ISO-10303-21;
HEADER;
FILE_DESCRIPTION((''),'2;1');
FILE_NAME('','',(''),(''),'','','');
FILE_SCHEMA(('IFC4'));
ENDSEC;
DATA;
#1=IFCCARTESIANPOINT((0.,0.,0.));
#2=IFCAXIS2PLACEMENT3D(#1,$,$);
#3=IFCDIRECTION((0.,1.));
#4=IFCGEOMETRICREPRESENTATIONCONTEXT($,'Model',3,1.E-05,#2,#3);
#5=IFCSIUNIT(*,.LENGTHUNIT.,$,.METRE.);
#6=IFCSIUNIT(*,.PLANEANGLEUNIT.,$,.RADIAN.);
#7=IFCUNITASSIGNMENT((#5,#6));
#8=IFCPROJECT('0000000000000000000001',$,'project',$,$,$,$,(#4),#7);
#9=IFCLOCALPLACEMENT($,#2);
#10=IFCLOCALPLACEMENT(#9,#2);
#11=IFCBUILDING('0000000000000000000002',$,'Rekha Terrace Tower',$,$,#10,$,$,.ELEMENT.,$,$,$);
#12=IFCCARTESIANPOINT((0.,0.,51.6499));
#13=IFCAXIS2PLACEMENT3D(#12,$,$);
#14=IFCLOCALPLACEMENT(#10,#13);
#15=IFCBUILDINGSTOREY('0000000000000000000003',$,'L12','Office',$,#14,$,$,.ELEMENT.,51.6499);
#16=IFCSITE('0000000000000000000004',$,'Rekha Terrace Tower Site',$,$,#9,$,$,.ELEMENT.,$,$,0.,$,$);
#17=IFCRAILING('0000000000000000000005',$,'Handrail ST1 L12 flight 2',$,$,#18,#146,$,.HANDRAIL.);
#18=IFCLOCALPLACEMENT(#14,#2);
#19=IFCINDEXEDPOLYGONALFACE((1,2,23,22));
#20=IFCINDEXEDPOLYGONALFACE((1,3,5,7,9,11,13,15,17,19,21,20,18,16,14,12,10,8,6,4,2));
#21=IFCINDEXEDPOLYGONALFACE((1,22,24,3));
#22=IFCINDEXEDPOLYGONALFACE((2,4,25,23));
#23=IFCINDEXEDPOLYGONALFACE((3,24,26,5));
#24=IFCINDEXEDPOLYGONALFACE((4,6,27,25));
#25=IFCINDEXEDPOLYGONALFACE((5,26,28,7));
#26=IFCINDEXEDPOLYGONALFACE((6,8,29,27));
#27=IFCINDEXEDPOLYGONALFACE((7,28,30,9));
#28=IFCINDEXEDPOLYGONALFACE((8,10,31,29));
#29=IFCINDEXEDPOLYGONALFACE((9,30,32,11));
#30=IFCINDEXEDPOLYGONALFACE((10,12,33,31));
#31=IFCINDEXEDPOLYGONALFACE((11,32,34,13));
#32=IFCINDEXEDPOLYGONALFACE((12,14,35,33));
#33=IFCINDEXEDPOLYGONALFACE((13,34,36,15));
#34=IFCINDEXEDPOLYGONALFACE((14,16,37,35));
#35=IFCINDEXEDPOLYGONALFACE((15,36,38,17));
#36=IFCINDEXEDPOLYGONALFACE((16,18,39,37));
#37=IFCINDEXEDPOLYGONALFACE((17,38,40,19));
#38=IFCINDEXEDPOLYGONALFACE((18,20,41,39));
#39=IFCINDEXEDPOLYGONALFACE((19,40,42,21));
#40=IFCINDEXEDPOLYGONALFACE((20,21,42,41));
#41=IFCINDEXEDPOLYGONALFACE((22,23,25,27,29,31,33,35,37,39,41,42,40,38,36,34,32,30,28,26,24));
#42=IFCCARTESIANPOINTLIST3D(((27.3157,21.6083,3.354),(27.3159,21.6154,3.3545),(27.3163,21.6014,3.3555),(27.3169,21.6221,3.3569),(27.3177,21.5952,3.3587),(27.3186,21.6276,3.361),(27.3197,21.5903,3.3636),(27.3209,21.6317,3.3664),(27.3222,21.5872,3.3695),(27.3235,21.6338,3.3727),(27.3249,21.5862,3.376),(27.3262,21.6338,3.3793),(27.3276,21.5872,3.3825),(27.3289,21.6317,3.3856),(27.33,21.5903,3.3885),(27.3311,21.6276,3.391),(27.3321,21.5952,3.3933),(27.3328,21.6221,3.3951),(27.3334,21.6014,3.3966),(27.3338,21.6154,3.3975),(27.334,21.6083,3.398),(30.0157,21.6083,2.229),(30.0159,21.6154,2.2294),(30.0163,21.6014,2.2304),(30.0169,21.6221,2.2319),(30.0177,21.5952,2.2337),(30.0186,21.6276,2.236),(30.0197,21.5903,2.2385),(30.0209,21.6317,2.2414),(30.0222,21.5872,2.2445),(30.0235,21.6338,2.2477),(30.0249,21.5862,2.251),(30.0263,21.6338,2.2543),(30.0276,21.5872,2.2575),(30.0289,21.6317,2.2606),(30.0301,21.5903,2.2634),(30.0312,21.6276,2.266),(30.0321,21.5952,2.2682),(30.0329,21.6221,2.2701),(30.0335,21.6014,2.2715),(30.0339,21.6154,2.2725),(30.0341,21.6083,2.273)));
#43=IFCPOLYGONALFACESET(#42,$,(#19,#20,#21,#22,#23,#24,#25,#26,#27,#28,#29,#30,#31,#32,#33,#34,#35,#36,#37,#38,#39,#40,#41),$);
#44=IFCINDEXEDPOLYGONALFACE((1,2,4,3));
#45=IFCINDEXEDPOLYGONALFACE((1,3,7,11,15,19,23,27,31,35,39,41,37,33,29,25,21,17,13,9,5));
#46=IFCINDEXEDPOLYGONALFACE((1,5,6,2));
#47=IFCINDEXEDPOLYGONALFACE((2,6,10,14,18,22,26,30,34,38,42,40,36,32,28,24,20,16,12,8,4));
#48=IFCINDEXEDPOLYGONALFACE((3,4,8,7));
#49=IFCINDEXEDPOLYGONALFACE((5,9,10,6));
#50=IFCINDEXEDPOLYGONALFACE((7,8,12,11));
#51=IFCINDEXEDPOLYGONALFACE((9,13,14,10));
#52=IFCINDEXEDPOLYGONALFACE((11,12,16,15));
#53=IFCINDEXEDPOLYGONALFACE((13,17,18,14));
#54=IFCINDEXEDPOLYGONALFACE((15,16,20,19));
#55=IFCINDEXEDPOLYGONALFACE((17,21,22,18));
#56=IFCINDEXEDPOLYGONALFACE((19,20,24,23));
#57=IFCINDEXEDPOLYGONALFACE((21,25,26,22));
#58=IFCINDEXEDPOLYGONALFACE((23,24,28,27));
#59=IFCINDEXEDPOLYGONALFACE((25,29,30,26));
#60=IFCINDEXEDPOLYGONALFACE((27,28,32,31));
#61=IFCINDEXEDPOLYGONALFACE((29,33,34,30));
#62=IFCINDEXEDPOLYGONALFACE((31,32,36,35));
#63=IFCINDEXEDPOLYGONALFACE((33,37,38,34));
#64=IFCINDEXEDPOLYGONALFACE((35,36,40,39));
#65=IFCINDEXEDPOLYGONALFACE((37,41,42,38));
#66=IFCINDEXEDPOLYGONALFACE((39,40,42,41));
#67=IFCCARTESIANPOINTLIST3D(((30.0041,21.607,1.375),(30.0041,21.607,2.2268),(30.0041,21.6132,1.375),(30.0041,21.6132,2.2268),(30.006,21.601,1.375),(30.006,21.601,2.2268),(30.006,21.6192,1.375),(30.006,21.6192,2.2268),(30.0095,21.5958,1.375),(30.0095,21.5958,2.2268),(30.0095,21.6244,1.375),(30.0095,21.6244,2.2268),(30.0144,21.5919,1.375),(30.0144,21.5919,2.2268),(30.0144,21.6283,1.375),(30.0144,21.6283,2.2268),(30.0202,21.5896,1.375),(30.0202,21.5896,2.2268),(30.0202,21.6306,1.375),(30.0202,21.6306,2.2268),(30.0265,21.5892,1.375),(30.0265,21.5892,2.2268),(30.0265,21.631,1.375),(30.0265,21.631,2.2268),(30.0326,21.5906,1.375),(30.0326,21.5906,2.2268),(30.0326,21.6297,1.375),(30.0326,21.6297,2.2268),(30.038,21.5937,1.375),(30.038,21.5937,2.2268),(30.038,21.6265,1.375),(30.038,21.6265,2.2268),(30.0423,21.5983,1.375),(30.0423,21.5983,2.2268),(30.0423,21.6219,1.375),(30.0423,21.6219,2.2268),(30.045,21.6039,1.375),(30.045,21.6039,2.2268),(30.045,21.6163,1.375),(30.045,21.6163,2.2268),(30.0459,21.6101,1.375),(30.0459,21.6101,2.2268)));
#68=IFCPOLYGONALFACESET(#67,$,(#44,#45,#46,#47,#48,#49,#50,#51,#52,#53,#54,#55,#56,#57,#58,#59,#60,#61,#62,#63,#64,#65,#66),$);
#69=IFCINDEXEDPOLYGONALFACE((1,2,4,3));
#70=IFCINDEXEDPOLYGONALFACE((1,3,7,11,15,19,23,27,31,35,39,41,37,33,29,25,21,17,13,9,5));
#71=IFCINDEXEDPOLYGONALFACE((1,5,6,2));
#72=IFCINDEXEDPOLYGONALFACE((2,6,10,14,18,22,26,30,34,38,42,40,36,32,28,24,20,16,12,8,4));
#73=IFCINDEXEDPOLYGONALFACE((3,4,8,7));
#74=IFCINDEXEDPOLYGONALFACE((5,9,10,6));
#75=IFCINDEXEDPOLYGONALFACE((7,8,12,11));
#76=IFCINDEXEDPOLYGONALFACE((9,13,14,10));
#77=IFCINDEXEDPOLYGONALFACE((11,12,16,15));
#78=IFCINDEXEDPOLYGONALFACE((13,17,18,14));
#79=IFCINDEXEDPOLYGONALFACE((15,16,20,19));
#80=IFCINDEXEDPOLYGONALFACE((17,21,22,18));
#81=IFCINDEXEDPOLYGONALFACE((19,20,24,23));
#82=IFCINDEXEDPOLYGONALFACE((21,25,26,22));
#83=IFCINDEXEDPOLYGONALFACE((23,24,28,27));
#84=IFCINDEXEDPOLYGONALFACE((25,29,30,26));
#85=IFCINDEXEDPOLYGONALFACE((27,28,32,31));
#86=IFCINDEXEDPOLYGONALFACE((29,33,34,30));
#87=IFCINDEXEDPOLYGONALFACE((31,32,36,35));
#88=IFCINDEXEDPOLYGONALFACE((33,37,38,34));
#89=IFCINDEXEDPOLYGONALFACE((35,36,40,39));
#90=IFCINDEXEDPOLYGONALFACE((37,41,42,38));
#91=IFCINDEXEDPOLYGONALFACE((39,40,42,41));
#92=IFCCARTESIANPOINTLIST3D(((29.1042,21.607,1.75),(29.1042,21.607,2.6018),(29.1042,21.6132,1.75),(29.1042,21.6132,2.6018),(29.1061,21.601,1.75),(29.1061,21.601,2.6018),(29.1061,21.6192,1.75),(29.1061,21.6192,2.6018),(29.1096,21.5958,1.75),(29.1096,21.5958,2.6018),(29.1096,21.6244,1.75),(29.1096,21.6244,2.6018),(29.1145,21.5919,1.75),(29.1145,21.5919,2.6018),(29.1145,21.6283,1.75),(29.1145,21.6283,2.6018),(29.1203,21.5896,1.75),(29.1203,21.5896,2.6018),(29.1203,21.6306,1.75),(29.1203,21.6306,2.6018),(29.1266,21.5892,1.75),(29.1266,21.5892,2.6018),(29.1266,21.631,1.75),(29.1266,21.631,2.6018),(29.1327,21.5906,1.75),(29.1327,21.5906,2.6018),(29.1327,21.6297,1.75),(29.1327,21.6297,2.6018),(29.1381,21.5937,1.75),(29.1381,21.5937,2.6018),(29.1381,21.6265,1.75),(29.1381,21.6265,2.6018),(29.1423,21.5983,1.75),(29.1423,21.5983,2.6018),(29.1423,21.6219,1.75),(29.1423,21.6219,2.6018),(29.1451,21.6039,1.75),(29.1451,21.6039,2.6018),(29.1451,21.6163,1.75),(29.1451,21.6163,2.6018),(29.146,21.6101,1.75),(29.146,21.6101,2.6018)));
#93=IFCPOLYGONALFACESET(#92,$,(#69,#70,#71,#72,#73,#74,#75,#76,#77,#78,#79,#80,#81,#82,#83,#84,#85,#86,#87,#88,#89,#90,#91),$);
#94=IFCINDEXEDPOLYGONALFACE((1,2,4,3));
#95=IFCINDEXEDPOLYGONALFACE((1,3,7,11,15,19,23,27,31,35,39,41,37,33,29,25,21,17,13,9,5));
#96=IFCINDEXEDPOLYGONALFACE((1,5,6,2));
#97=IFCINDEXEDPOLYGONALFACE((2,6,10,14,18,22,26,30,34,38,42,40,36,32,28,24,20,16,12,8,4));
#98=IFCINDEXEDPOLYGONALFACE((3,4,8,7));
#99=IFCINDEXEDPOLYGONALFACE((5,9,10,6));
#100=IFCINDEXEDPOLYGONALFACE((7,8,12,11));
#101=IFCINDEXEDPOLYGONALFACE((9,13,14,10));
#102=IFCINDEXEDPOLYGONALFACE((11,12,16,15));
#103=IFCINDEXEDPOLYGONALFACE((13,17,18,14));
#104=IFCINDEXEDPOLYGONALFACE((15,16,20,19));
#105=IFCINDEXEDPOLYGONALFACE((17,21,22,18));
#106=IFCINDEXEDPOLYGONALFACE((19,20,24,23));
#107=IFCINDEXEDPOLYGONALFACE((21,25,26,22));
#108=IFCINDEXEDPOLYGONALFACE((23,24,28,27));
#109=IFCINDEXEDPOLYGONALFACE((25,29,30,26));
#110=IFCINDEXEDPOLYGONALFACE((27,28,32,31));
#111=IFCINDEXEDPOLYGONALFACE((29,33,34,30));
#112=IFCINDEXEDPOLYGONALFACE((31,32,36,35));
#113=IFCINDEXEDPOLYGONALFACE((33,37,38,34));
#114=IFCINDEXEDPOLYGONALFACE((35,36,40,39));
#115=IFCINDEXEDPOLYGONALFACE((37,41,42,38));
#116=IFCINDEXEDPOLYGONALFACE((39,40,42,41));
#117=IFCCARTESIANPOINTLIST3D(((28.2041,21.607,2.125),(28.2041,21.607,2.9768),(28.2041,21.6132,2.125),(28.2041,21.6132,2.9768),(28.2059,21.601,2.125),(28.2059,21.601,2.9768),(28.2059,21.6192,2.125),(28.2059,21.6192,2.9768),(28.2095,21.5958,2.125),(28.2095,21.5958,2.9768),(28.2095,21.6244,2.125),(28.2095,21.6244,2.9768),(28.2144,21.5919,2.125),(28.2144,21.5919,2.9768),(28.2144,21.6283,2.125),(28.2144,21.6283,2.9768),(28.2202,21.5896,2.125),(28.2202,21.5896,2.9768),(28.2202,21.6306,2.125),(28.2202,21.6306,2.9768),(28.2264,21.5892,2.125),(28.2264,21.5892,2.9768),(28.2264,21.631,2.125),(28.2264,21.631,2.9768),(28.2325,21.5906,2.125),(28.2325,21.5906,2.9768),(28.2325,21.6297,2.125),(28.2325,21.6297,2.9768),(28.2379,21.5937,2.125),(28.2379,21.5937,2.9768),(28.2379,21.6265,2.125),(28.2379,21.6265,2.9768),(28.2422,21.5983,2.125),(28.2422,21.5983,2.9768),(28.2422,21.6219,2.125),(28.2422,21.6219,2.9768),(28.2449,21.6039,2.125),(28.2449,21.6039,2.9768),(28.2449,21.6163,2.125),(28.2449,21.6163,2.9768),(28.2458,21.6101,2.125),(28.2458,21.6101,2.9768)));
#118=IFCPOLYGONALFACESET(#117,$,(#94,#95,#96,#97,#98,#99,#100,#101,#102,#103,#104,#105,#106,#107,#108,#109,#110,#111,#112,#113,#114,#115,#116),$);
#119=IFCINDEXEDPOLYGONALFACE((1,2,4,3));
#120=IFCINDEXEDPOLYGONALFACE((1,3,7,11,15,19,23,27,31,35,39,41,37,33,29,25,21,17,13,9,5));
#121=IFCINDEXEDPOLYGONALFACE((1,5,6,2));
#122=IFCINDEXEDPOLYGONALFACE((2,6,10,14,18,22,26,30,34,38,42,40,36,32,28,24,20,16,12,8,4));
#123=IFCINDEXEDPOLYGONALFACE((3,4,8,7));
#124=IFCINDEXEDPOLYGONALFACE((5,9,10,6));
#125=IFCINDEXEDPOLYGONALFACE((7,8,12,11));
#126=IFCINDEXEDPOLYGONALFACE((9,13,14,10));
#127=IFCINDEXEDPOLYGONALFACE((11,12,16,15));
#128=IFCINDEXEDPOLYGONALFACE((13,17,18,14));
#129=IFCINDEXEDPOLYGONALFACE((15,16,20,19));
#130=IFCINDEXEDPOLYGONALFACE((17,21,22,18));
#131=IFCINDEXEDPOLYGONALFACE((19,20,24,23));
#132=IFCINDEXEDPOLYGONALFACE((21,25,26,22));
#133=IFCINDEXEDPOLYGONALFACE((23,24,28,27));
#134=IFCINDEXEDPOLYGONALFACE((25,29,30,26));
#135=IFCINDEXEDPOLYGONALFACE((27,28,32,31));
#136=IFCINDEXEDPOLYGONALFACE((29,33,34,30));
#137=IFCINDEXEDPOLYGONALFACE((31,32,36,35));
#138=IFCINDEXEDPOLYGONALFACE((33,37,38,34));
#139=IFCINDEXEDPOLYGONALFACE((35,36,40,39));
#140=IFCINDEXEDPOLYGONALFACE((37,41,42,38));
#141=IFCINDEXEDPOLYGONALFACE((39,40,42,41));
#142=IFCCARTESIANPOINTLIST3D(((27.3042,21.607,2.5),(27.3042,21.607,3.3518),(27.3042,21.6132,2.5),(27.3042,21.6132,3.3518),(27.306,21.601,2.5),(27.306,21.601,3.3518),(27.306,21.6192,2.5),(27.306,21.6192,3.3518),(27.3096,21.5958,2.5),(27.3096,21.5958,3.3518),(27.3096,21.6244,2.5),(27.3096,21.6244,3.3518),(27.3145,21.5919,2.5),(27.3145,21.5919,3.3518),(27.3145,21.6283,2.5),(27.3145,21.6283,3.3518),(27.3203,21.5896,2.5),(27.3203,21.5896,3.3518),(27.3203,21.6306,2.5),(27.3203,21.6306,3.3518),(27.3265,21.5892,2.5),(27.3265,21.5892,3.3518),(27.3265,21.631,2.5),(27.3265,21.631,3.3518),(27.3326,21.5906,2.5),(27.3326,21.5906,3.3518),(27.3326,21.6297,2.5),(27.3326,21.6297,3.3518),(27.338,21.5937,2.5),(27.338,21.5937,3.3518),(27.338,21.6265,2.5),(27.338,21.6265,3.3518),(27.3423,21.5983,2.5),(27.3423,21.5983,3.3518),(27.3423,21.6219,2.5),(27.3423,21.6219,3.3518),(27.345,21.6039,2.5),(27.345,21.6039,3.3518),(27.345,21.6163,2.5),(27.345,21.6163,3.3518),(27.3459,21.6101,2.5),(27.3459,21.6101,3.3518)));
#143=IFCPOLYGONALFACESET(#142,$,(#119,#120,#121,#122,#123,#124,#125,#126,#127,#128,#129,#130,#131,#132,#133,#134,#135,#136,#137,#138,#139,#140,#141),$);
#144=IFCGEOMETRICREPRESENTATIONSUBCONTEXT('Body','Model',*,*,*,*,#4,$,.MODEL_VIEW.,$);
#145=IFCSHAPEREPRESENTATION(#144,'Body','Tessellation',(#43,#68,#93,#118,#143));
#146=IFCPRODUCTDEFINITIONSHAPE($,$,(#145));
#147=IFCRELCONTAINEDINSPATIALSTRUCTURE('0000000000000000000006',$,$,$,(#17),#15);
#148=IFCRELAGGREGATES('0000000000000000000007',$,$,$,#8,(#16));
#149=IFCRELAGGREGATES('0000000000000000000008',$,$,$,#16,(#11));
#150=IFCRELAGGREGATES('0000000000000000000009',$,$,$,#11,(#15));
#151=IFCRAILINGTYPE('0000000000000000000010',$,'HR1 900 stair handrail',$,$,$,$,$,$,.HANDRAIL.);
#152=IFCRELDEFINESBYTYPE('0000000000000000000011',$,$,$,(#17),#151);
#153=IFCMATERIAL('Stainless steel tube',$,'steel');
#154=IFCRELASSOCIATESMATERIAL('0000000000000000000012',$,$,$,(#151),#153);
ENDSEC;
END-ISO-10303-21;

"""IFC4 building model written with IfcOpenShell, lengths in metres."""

from ifc_helpers import new_model, si_unit, direction, frame, origin, origin_2d, place, context, subcontext, project, spatial, circle, extrude, material, type_object, element, save


model = new_model("IFC4")

# Units and contexts
model_context = context("Model", 3, precision=1e-05, world=origin(), true_north=direction((0.0, 1.0)))
body_context = subcontext(model_context, "Body", "Model", "MODEL_VIEW")
ifc_project = project(units=[si_unit("LENGTHUNIT", "METRE"), si_unit("PLANEANGLEUNIT", "RADIAN")], contexts=[model_context])

# Site, building, storey
site_placement = place(None, origin())
site = spatial("IfcSite", under=ifc_project, at=site_placement, Name="Rekha Terrace Tower Site", CompositionType="ELEMENT", RefElevation=0.0)
building_placement = place(site_placement, origin())
building = spatial("IfcBuilding", under=site, at=building_placement, Name="Rekha Terrace Tower", CompositionType="ELEMENT")
storey_placement = place(building_placement, frame((0.0, 0.0, 51.6499)))
storey = spatial("IfcBuildingStorey", under=building, at=storey_placement, Name="L12", Description="Office", CompositionType="ELEMENT", Elevation=51.6499)

# Railing
ifc_material_1 = material(Name="Stainless steel tube", Category="steel")
railing_type_1 = type_object("IfcRailingType", Name="HR1 900 stair handrail", PredefinedType="HANDRAIL", material=ifc_material_1)
railing_1_placement = place(storey_placement, frame((30.0249, 21.6101, 1.375)))
element("IfcRailing", 1, at=railing_1_placement, inside=storey, type_object=railing_type_1, Name="Handrail ST1 L12 flight 2", PredefinedType="HANDRAIL", context=body_context, shape_type="SweptSolid", body=[
    extrude(circle(Radius=0.0239, at=origin_2d()), frame((0.0, 0.0, 0.876), z_axis=(-0.923074, 0.0, 0.384621), x_axis=(0.0, -1.0, 0.0)), (0.0, 0.0, 1.0), 2.925),
    extrude(circle(Radius=0.021, at=origin_2d()), origin(), (0.0, 0.0, 1.0), 0.8518),
    extrude(circle(Radius=0.021, at=origin_2d()), frame((-0.8999, 0.0, 0.375)), (0.0, 0.0, 1.0), 0.8518),
    extrude(circle(Radius=0.021, at=origin_2d()), frame((-1.8, 0.0, 0.75)), (0.0, 0.0, 1.0), 0.8518),
    extrude(circle(Radius=0.021, at=origin_2d()), frame((-2.7, 0.0, 1.125)), (0.0, 0.0, 1.0), 0.8518),
])

save(model, "model.ifc")
